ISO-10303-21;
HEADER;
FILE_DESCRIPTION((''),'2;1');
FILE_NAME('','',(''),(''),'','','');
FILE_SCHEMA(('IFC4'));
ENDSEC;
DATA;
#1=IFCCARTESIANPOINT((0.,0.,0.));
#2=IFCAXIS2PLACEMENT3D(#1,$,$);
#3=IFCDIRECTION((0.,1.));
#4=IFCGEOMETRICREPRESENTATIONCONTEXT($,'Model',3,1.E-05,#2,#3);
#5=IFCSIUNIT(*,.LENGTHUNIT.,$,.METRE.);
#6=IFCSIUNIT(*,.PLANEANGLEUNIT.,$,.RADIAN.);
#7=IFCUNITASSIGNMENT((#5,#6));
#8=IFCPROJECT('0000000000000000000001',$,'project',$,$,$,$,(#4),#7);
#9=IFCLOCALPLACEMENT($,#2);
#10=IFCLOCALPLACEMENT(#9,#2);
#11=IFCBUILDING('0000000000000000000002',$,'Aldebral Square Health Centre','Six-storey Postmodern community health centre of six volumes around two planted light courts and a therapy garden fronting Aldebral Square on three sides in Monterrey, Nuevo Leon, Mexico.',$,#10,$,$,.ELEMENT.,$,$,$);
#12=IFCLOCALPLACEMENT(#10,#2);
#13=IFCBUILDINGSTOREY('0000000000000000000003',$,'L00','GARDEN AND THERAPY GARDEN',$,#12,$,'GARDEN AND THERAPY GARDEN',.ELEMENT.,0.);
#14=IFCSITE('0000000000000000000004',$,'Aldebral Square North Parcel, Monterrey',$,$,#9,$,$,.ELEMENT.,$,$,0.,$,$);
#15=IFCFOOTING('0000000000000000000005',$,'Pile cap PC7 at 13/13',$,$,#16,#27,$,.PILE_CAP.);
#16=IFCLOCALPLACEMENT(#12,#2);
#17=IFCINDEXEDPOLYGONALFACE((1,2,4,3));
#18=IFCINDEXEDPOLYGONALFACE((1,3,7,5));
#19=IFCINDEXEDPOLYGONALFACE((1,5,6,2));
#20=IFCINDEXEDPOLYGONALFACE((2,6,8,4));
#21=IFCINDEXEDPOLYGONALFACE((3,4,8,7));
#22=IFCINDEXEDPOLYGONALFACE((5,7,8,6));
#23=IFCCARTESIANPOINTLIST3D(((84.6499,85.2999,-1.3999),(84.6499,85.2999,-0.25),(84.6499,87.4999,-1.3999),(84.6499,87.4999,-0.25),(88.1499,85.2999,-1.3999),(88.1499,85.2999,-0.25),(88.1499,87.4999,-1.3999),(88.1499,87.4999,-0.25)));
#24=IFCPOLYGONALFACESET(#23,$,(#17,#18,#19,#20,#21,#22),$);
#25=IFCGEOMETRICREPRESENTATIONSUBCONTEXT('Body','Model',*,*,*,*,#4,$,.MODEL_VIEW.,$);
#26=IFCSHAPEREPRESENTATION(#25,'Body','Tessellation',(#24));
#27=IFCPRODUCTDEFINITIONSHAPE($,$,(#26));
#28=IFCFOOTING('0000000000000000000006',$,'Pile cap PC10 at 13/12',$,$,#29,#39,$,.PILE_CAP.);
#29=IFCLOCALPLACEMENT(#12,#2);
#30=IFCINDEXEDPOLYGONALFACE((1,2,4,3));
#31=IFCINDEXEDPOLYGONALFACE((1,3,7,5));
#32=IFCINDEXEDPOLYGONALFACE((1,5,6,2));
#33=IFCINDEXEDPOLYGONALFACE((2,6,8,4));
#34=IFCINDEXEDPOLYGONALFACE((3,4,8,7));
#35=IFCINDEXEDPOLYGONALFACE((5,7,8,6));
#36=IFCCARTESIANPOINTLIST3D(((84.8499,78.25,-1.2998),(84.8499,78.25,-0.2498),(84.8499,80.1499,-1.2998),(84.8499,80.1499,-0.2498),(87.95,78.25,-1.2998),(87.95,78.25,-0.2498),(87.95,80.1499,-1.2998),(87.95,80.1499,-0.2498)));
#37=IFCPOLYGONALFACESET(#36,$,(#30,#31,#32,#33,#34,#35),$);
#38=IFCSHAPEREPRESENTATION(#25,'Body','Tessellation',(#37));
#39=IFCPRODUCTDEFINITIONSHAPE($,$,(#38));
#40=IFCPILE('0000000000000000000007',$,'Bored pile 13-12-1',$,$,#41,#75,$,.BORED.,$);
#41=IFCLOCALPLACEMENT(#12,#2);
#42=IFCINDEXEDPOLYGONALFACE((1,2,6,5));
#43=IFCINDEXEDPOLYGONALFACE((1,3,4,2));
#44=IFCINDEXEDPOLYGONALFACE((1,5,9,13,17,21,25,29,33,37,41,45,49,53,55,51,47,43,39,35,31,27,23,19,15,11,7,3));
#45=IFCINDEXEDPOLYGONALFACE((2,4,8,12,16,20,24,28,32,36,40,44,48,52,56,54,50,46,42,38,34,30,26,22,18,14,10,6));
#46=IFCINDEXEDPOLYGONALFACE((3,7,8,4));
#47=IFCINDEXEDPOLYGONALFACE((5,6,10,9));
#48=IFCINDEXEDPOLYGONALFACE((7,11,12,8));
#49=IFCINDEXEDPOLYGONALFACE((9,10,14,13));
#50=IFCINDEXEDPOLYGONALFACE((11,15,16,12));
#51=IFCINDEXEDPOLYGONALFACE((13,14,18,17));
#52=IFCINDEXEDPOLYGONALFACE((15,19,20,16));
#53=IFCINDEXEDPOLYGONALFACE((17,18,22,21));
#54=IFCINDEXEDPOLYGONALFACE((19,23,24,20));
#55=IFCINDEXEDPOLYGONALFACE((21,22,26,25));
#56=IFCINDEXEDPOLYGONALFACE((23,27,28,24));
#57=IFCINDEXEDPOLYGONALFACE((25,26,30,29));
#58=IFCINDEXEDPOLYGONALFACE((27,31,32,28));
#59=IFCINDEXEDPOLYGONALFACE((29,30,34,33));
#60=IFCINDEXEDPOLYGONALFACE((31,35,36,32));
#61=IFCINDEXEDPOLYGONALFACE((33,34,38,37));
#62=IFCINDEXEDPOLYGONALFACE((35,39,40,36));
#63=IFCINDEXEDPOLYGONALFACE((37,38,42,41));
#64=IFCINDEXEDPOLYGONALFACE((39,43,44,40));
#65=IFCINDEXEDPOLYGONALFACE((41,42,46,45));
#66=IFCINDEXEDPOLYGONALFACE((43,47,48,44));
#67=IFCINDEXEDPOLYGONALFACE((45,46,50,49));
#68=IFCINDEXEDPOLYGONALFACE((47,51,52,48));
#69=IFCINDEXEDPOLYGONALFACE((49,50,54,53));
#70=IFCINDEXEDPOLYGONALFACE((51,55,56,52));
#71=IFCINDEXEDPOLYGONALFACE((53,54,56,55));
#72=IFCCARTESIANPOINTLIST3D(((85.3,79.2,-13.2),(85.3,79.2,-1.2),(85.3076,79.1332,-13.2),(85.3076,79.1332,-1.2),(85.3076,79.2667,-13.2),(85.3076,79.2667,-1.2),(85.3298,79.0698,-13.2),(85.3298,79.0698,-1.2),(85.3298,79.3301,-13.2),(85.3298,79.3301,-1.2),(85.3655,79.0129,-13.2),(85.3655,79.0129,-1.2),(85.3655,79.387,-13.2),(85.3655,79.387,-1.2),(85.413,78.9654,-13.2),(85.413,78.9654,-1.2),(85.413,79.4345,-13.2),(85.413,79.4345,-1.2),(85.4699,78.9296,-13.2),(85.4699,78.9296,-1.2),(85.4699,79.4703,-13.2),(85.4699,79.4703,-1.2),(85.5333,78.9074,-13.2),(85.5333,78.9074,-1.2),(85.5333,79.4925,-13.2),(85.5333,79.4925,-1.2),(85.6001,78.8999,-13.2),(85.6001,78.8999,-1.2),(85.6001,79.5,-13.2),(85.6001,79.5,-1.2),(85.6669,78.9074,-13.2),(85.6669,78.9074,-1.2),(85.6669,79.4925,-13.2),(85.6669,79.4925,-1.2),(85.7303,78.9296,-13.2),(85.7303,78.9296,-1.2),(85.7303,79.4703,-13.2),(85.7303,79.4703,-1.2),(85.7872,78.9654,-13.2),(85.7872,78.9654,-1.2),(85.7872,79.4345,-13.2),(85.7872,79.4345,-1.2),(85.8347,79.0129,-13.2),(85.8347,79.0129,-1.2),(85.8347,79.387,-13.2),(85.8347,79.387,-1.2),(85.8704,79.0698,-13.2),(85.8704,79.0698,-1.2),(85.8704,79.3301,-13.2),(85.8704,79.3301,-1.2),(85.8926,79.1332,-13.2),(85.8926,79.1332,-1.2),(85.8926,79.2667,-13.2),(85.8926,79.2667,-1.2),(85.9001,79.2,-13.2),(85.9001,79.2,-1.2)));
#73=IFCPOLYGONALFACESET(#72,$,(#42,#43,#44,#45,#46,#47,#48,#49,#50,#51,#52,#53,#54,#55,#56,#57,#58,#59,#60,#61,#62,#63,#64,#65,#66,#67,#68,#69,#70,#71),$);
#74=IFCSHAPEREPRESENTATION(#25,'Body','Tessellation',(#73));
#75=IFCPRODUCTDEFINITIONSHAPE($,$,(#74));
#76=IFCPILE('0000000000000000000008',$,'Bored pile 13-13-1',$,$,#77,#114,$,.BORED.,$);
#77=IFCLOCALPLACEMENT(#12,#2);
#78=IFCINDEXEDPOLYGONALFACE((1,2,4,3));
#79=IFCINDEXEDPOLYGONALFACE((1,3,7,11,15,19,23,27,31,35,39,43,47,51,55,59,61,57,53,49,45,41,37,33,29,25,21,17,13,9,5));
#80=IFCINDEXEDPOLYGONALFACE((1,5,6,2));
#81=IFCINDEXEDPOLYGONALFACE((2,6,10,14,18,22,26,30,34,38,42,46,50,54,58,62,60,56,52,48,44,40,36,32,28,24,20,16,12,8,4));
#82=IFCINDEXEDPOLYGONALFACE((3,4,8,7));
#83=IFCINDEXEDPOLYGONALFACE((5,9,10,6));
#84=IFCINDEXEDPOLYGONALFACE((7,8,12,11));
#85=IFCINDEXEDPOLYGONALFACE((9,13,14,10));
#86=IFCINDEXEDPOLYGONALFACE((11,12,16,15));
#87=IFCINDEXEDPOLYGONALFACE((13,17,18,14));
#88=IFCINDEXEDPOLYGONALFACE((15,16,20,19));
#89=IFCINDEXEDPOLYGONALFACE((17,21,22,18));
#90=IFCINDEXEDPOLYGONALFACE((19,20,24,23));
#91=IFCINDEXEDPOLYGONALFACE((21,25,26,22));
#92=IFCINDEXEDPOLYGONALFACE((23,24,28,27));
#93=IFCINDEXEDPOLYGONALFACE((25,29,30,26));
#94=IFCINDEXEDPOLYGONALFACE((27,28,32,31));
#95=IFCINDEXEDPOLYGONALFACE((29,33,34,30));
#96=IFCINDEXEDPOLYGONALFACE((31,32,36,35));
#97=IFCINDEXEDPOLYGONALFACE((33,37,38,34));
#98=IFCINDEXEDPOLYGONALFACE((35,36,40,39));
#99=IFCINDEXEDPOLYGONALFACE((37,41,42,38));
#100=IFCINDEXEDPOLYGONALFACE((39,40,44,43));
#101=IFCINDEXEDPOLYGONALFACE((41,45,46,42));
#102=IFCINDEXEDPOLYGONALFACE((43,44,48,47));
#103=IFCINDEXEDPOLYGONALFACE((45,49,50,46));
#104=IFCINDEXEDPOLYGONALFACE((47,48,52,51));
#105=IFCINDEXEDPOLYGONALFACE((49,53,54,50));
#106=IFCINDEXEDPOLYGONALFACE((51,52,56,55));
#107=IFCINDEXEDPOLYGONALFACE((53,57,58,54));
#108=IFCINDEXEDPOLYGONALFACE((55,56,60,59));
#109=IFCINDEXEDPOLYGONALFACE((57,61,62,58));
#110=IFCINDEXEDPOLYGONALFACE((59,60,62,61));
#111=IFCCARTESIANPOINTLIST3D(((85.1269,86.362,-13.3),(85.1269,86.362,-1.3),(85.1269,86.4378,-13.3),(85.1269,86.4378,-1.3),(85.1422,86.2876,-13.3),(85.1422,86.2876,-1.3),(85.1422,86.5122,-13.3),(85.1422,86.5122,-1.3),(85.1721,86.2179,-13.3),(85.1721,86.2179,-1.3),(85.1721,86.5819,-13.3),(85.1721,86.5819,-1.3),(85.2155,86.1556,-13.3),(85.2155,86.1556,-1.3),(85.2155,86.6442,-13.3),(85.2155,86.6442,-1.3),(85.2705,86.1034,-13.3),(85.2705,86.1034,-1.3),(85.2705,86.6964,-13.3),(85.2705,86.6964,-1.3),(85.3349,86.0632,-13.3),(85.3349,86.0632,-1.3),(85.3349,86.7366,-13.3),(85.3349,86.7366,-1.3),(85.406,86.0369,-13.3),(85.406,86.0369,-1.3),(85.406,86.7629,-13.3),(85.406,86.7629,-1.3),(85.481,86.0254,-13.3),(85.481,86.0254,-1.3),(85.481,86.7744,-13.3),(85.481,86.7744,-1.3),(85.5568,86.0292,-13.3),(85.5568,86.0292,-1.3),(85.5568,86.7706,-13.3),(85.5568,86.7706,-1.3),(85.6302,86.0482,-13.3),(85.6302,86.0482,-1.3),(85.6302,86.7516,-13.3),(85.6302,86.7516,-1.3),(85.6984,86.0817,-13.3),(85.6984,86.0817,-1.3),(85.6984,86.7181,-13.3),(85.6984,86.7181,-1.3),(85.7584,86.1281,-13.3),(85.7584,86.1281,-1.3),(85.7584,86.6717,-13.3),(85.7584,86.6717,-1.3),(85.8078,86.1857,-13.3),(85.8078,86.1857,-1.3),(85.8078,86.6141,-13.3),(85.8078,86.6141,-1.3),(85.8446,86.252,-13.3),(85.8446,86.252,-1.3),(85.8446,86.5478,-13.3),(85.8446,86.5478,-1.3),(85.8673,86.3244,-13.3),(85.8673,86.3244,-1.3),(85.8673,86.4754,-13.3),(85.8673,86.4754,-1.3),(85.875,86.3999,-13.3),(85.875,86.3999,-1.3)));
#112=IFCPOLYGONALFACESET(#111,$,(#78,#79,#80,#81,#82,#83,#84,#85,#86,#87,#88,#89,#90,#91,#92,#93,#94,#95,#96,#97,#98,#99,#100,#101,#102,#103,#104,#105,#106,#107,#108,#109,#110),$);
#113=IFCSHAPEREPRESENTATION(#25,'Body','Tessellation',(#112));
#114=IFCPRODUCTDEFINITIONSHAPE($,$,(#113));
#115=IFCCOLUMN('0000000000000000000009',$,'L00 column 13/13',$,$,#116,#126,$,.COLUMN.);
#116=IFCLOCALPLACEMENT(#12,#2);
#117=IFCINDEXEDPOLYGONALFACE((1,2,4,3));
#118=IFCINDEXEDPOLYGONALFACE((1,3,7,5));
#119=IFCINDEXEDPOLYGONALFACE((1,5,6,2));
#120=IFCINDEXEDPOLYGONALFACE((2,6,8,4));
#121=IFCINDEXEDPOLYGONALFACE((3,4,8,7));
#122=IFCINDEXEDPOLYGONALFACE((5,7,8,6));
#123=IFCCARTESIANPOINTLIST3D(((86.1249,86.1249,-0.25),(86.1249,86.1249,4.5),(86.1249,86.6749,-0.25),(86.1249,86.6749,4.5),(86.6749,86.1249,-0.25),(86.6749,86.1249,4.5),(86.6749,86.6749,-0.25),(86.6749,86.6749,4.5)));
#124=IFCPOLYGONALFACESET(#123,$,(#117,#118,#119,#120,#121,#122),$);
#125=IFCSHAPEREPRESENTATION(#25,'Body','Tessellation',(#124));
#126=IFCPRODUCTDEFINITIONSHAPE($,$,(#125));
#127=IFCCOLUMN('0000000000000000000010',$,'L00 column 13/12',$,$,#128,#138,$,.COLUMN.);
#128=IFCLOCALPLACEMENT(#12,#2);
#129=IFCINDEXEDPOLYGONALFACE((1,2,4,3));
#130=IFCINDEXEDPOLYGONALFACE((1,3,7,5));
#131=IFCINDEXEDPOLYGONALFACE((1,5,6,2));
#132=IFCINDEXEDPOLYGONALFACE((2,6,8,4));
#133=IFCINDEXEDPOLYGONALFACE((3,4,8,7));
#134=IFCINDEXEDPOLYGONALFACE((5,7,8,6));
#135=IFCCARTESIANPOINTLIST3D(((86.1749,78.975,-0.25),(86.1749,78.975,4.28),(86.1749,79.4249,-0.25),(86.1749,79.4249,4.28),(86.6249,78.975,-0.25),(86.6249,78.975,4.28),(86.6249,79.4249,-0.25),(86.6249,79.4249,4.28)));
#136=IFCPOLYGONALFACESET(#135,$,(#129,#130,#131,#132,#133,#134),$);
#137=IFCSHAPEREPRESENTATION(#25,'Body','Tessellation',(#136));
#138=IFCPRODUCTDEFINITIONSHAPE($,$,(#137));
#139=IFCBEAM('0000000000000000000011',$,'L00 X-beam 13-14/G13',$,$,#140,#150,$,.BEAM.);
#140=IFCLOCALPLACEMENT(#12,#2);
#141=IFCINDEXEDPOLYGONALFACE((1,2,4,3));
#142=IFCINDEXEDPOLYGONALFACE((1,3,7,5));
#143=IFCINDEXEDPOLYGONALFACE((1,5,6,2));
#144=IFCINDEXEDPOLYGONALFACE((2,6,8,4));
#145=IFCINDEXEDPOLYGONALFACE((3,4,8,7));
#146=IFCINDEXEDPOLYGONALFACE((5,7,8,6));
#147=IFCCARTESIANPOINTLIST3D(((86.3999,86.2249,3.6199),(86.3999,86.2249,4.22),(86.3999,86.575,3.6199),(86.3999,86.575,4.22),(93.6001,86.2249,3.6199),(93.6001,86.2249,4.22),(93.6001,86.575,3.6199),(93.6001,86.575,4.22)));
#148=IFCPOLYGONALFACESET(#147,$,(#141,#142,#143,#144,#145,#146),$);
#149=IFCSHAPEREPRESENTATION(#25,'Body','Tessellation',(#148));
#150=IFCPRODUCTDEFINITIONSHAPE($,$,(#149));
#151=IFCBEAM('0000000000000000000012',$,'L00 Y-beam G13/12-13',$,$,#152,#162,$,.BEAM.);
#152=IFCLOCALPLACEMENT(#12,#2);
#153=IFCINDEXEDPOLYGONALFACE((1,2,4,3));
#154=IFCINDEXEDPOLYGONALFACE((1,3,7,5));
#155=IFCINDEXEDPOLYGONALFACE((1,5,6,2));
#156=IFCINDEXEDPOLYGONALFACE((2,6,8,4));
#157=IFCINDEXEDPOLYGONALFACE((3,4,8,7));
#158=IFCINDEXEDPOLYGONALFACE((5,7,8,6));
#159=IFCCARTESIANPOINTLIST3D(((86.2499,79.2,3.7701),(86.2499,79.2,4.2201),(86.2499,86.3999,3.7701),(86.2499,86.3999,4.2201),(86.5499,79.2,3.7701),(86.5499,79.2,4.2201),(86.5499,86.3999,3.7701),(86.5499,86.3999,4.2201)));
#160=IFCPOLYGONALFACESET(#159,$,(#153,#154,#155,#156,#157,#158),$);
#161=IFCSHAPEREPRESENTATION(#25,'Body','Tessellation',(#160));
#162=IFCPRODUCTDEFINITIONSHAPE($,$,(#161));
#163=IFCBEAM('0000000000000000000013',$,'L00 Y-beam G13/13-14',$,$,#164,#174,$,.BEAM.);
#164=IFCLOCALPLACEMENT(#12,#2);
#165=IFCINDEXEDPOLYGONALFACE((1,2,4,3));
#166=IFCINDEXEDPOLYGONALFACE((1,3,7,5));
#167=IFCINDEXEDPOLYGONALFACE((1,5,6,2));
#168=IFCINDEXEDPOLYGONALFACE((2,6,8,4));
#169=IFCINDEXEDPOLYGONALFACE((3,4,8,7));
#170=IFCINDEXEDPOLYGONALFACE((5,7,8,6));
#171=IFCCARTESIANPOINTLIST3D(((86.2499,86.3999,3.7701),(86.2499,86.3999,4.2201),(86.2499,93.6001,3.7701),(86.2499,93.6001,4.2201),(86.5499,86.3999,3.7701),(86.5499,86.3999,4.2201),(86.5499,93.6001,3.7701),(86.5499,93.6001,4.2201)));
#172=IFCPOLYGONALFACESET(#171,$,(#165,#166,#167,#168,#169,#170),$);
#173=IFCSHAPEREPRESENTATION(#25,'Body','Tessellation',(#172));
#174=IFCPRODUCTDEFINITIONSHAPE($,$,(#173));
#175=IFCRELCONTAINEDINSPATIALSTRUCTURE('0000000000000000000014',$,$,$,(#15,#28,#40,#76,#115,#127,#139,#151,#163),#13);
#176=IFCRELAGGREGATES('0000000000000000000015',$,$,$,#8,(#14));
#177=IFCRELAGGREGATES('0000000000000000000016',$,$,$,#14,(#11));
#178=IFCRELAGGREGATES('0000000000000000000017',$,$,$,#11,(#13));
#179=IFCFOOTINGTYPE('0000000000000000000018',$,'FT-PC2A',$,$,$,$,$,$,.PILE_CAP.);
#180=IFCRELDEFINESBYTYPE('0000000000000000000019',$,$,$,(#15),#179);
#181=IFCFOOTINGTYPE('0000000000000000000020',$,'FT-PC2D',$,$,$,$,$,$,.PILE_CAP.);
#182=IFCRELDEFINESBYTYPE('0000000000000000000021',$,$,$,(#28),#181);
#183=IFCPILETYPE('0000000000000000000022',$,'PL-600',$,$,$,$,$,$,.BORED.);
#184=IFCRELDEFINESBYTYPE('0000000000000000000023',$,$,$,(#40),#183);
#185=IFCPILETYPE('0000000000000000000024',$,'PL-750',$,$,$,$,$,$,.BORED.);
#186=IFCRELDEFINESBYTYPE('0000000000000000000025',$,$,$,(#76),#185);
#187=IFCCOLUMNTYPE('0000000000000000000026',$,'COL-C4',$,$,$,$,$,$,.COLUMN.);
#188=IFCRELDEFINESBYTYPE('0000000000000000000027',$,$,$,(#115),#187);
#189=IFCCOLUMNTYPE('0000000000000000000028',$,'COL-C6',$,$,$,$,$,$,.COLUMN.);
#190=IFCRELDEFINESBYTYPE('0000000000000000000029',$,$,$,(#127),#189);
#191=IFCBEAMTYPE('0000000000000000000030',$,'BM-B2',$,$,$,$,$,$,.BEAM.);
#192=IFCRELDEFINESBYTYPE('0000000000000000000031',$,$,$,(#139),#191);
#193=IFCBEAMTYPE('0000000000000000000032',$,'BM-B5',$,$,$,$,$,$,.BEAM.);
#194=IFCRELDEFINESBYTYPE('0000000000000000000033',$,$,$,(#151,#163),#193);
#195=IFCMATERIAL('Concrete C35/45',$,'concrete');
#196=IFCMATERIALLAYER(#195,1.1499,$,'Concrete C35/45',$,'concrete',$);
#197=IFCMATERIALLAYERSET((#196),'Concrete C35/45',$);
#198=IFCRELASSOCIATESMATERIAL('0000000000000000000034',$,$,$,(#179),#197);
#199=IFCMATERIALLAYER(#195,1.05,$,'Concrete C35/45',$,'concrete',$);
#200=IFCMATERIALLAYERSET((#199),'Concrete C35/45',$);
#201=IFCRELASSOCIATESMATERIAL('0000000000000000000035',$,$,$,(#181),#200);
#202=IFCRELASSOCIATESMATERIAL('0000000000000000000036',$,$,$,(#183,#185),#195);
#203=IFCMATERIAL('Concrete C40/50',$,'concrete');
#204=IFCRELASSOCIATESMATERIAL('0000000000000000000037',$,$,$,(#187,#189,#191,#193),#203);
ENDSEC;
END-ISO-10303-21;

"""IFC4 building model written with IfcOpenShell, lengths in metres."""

from ifc_helpers import new_model, si_unit, direction, frame, origin, origin_2d, place, context, subcontext, project, spatial, rectangle, circle, extrude, material, layer, layer_set, material_profile, profile_set, type_object, element, save


model = new_model("IFC4")

# Units and contexts
model_context = context("Model", 3, precision=1e-05, world=origin(), true_north=direction((0.0, 1.0)))
body_context = subcontext(model_context, "Body", "Model", "MODEL_VIEW")
ifc_project = project(units=[si_unit("LENGTHUNIT", "METRE"), si_unit("PLANEANGLEUNIT", "RADIAN")], contexts=[model_context])

# Site, building, storey
site_placement = place(None, origin())
site = spatial("IfcSite", under=ifc_project, at=site_placement, Name="Aldebral Square North Parcel, Monterrey", CompositionType="ELEMENT", RefElevation=0.0)
building_placement = place(site_placement, origin())
building = spatial("IfcBuilding", under=site, at=building_placement, Name="Aldebral Square Health Centre", Description="Six-storey Postmodern community health centre of six volumes around two planted light courts and a therapy garden fronting Aldebral Square on three sides in Monterrey, Nuevo Leon, Mexico.", CompositionType="ELEMENT")
storey_placement = place(building_placement, origin())
storey = spatial("IfcBuildingStorey", under=building, at=storey_placement, Name="L00", Description="GARDEN AND THERAPY GARDEN", LongName="GARDEN AND THERAPY GARDEN", CompositionType="ELEMENT", Elevation=0.0)

# Footings
ifc_material_1 = material(Name="Concrete C35/45", Category="concrete")
ifc_layer_1 = layer(ifc_material_1, 1.1499, Name="Concrete C35/45", Category="concrete")
ifc_layer_set_1 = layer_set([ifc_layer_1], Name="Concrete C35/45")
footing_type_1 = type_object("IfcFootingType", Name="FT-PC2A", PredefinedType="PILE_CAP", material=ifc_layer_set_1)
footing_1_placement = place(storey_placement, frame((86.3999, 86.3999, -1.3999), z_axis=(0.0, 0.0, 1.0), x_axis=(1.0, 0.0, 0.0)))
element("IfcFooting", 1, at=footing_1_placement, inside=storey, type_object=footing_type_1, Name="Pile cap PC7 at 13/13", PredefinedType="PILE_CAP", context=body_context, shape_type="SweptSolid", body=[
    extrude(rectangle(XDim=3.5, YDim=2.2, at=origin_2d()), origin(), (0.0, 0.0, 1.0), 1.1499),
])
ifc_layer_2 = layer(ifc_material_1, 1.05, Name="Concrete C35/45", Category="concrete")
ifc_layer_set_2 = layer_set([ifc_layer_2], Name="Concrete C35/45")
footing_type_2 = type_object("IfcFootingType", Name="FT-PC2D", PredefinedType="PILE_CAP", material=ifc_layer_set_2)
footing_2_placement = place(storey_placement, frame((86.3999, 79.2, -1.2998), z_axis=(0.0, 0.0, 1.0), x_axis=(1.0, 0.0, 0.0)))
element("IfcFooting", 2, at=footing_2_placement, inside=storey, type_object=footing_type_2, Name="Pile cap PC10 at 13/12", PredefinedType="PILE_CAP", context=body_context, shape_type="SweptSolid", body=[
    extrude(rectangle(XDim=3.1001, YDim=1.8999, at=origin_2d()), origin(), (0.0, 0.0, 1.0), 1.05),
])

# Piles
ifc_material_profile_1 = material_profile(ifc_material_1, circle(Radius=0.3, at=origin_2d()), Name="PILE D600")
ifc_profile_set_1 = profile_set([ifc_material_profile_1], Name="Concrete C35/45")
pile_type_1 = type_object("IfcPileType", Name="PL-600", PredefinedType="BORED", material=ifc_profile_set_1)
pile_1_placement = place(storey_placement, frame((85.6001, 79.2, -1.2), z_axis=(0.0, 0.0, -1.0), x_axis=(1.0, 0.0, 0.0)))
element("IfcPile", 3, at=pile_1_placement, inside=storey, type_object=pile_type_1, Name="Bored pile 13-12-1", PredefinedType="BORED", context=body_context, shape_type="SweptSolid", body=[
    extrude(circle(Radius=0.3, at=origin_2d()), origin(), (0.0, 0.0, 1.0), 12.0),
])
ifc_material_profile_2 = material_profile(ifc_material_1, circle(Radius=0.375, at=origin_2d()), Name="PILE D750")
ifc_profile_set_2 = profile_set([ifc_material_profile_2], Name="Concrete C35/45")
pile_type_2 = type_object("IfcPileType", Name="PL-750", PredefinedType="BORED", material=ifc_profile_set_2)
pile_2_placement = place(storey_placement, frame((85.5, 86.3999, -1.3), z_axis=(0.0, 0.0, -1.0), x_axis=(1.0, 0.0, 0.0)))
element("IfcPile", 4, at=pile_2_placement, inside=storey, type_object=pile_type_2, Name="Bored pile 13-13-1", PredefinedType="BORED", context=body_context, shape_type="SweptSolid", body=[
    extrude(circle(Radius=0.375, at=origin_2d()), origin(), (0.0, 0.0, 1.0), 12.0),
])

# Columns
ifc_material_2 = material(Name="Concrete C40/50", Category="concrete")
ifc_material_profile_3 = material_profile(ifc_material_2, rectangle(XDim=0.55, YDim=0.55, at=origin_2d()), Name="RC 550x550")
ifc_profile_set_3 = profile_set([ifc_material_profile_3], Name="Concrete C40/50")
column_type_1 = type_object("IfcColumnType", Name="COL-C4", PredefinedType="COLUMN", material=ifc_profile_set_3)
column_1_placement = place(storey_placement, frame((86.3999, 86.3999, -0.25), z_axis=(0.0, 0.0, 1.0), x_axis=(1.0, 0.0, 0.0)))
element("IfcColumn", 5, at=column_1_placement, inside=storey, type_object=column_type_1, Name="L00 column 13/13", PredefinedType="COLUMN", context=body_context, shape_type="SweptSolid", body=[
    extrude(rectangle(XDim=0.55, YDim=0.55, at=origin_2d()), origin(), (0.0, 0.0, 1.0), 4.75),
])
ifc_material_profile_4 = material_profile(ifc_material_2, rectangle(XDim=0.45, YDim=0.45, at=origin_2d()), Name="RC 450x450")
ifc_profile_set_4 = profile_set([ifc_material_profile_4], Name="Concrete C40/50")
column_type_2 = type_object("IfcColumnType", Name="COL-C6", PredefinedType="COLUMN", material=ifc_profile_set_4)
column_2_placement = place(storey_placement, frame((86.3999, 79.2, -0.25), z_axis=(0.0, 0.0, 1.0), x_axis=(1.0, 0.0, 0.0)))
element("IfcColumn", 6, at=column_2_placement, inside=storey, type_object=column_type_2, Name="L00 column 13/12", PredefinedType="COLUMN", context=body_context, shape_type="SweptSolid", body=[
    extrude(rectangle(XDim=0.45, YDim=0.45, at=origin_2d()), origin(), (0.0, 0.0, 1.0), 4.53),
])

# Beams
ifc_material_profile_5 = material_profile(ifc_material_2, rectangle(XDim=0.3501, YDim=0.6001, at=origin_2d()), Name="RC 350x600")
ifc_profile_set_5 = profile_set([ifc_material_profile_5], Name="Concrete C40/50")
beam_type_1 = type_object("IfcBeamType", Name="BM-B2", PredefinedType="BEAM", material=ifc_profile_set_5)
beam_1_placement = place(storey_placement, frame((86.3999, 86.3999, 3.9199), z_axis=(1.0, 0.0, 0.0), x_axis=(0.0, 1.0, 0.0)))
element("IfcBeam", 7, at=beam_1_placement, inside=storey, type_object=beam_type_1, Name="L00 X-beam 13-14/G13", PredefinedType="BEAM", context=body_context, shape_type="SweptSolid", body=[
    extrude(rectangle(XDim=0.3501, YDim=0.6001, at=origin_2d()), origin(), (0.0, 0.0, 1.0), 7.2002),
])
ifc_material_profile_6 = material_profile(ifc_material_2, rectangle(XDim=0.3, YDim=0.45, at=origin_2d()), Name="RC 300x450")
ifc_profile_set_6 = profile_set([ifc_material_profile_6], Name="Concrete C40/50")
beam_type_2 = type_object("IfcBeamType", Name="BM-B5", PredefinedType="BEAM", material=ifc_profile_set_6)
beam_2_placement = place(storey_placement, frame((86.3999, 79.2, 3.9951), z_axis=(0.0, 1.0, 0.0), x_axis=(-1.0, 0.0, 0.0)))
element("IfcBeam", 8, at=beam_2_placement, inside=storey, type_object=beam_type_2, Name="L00 Y-beam G13/12-13", PredefinedType="BEAM", context=body_context, shape_type="SweptSolid", body=[
    extrude(rectangle(XDim=0.3, YDim=0.45, at=origin_2d()), origin(), (0.0, 0.0, 1.0), 7.2),
])
beam_3_placement = place(storey_placement, frame((86.3999, 86.3999, 3.9951), z_axis=(0.0, 1.0, 0.0), x_axis=(-1.0, 0.0, 0.0)))
element("IfcBeam", 9, at=beam_3_placement, inside=storey, type_object=beam_type_2, Name="L00 Y-beam G13/13-14", PredefinedType="BEAM", context=body_context, shape_type="SweptSolid", body=[
    extrude(rectangle(XDim=0.3, YDim=0.45, at=origin_2d()), origin(), (0.0, 0.0, 1.0), 7.2002),
])

save(model, "model.ifc")
